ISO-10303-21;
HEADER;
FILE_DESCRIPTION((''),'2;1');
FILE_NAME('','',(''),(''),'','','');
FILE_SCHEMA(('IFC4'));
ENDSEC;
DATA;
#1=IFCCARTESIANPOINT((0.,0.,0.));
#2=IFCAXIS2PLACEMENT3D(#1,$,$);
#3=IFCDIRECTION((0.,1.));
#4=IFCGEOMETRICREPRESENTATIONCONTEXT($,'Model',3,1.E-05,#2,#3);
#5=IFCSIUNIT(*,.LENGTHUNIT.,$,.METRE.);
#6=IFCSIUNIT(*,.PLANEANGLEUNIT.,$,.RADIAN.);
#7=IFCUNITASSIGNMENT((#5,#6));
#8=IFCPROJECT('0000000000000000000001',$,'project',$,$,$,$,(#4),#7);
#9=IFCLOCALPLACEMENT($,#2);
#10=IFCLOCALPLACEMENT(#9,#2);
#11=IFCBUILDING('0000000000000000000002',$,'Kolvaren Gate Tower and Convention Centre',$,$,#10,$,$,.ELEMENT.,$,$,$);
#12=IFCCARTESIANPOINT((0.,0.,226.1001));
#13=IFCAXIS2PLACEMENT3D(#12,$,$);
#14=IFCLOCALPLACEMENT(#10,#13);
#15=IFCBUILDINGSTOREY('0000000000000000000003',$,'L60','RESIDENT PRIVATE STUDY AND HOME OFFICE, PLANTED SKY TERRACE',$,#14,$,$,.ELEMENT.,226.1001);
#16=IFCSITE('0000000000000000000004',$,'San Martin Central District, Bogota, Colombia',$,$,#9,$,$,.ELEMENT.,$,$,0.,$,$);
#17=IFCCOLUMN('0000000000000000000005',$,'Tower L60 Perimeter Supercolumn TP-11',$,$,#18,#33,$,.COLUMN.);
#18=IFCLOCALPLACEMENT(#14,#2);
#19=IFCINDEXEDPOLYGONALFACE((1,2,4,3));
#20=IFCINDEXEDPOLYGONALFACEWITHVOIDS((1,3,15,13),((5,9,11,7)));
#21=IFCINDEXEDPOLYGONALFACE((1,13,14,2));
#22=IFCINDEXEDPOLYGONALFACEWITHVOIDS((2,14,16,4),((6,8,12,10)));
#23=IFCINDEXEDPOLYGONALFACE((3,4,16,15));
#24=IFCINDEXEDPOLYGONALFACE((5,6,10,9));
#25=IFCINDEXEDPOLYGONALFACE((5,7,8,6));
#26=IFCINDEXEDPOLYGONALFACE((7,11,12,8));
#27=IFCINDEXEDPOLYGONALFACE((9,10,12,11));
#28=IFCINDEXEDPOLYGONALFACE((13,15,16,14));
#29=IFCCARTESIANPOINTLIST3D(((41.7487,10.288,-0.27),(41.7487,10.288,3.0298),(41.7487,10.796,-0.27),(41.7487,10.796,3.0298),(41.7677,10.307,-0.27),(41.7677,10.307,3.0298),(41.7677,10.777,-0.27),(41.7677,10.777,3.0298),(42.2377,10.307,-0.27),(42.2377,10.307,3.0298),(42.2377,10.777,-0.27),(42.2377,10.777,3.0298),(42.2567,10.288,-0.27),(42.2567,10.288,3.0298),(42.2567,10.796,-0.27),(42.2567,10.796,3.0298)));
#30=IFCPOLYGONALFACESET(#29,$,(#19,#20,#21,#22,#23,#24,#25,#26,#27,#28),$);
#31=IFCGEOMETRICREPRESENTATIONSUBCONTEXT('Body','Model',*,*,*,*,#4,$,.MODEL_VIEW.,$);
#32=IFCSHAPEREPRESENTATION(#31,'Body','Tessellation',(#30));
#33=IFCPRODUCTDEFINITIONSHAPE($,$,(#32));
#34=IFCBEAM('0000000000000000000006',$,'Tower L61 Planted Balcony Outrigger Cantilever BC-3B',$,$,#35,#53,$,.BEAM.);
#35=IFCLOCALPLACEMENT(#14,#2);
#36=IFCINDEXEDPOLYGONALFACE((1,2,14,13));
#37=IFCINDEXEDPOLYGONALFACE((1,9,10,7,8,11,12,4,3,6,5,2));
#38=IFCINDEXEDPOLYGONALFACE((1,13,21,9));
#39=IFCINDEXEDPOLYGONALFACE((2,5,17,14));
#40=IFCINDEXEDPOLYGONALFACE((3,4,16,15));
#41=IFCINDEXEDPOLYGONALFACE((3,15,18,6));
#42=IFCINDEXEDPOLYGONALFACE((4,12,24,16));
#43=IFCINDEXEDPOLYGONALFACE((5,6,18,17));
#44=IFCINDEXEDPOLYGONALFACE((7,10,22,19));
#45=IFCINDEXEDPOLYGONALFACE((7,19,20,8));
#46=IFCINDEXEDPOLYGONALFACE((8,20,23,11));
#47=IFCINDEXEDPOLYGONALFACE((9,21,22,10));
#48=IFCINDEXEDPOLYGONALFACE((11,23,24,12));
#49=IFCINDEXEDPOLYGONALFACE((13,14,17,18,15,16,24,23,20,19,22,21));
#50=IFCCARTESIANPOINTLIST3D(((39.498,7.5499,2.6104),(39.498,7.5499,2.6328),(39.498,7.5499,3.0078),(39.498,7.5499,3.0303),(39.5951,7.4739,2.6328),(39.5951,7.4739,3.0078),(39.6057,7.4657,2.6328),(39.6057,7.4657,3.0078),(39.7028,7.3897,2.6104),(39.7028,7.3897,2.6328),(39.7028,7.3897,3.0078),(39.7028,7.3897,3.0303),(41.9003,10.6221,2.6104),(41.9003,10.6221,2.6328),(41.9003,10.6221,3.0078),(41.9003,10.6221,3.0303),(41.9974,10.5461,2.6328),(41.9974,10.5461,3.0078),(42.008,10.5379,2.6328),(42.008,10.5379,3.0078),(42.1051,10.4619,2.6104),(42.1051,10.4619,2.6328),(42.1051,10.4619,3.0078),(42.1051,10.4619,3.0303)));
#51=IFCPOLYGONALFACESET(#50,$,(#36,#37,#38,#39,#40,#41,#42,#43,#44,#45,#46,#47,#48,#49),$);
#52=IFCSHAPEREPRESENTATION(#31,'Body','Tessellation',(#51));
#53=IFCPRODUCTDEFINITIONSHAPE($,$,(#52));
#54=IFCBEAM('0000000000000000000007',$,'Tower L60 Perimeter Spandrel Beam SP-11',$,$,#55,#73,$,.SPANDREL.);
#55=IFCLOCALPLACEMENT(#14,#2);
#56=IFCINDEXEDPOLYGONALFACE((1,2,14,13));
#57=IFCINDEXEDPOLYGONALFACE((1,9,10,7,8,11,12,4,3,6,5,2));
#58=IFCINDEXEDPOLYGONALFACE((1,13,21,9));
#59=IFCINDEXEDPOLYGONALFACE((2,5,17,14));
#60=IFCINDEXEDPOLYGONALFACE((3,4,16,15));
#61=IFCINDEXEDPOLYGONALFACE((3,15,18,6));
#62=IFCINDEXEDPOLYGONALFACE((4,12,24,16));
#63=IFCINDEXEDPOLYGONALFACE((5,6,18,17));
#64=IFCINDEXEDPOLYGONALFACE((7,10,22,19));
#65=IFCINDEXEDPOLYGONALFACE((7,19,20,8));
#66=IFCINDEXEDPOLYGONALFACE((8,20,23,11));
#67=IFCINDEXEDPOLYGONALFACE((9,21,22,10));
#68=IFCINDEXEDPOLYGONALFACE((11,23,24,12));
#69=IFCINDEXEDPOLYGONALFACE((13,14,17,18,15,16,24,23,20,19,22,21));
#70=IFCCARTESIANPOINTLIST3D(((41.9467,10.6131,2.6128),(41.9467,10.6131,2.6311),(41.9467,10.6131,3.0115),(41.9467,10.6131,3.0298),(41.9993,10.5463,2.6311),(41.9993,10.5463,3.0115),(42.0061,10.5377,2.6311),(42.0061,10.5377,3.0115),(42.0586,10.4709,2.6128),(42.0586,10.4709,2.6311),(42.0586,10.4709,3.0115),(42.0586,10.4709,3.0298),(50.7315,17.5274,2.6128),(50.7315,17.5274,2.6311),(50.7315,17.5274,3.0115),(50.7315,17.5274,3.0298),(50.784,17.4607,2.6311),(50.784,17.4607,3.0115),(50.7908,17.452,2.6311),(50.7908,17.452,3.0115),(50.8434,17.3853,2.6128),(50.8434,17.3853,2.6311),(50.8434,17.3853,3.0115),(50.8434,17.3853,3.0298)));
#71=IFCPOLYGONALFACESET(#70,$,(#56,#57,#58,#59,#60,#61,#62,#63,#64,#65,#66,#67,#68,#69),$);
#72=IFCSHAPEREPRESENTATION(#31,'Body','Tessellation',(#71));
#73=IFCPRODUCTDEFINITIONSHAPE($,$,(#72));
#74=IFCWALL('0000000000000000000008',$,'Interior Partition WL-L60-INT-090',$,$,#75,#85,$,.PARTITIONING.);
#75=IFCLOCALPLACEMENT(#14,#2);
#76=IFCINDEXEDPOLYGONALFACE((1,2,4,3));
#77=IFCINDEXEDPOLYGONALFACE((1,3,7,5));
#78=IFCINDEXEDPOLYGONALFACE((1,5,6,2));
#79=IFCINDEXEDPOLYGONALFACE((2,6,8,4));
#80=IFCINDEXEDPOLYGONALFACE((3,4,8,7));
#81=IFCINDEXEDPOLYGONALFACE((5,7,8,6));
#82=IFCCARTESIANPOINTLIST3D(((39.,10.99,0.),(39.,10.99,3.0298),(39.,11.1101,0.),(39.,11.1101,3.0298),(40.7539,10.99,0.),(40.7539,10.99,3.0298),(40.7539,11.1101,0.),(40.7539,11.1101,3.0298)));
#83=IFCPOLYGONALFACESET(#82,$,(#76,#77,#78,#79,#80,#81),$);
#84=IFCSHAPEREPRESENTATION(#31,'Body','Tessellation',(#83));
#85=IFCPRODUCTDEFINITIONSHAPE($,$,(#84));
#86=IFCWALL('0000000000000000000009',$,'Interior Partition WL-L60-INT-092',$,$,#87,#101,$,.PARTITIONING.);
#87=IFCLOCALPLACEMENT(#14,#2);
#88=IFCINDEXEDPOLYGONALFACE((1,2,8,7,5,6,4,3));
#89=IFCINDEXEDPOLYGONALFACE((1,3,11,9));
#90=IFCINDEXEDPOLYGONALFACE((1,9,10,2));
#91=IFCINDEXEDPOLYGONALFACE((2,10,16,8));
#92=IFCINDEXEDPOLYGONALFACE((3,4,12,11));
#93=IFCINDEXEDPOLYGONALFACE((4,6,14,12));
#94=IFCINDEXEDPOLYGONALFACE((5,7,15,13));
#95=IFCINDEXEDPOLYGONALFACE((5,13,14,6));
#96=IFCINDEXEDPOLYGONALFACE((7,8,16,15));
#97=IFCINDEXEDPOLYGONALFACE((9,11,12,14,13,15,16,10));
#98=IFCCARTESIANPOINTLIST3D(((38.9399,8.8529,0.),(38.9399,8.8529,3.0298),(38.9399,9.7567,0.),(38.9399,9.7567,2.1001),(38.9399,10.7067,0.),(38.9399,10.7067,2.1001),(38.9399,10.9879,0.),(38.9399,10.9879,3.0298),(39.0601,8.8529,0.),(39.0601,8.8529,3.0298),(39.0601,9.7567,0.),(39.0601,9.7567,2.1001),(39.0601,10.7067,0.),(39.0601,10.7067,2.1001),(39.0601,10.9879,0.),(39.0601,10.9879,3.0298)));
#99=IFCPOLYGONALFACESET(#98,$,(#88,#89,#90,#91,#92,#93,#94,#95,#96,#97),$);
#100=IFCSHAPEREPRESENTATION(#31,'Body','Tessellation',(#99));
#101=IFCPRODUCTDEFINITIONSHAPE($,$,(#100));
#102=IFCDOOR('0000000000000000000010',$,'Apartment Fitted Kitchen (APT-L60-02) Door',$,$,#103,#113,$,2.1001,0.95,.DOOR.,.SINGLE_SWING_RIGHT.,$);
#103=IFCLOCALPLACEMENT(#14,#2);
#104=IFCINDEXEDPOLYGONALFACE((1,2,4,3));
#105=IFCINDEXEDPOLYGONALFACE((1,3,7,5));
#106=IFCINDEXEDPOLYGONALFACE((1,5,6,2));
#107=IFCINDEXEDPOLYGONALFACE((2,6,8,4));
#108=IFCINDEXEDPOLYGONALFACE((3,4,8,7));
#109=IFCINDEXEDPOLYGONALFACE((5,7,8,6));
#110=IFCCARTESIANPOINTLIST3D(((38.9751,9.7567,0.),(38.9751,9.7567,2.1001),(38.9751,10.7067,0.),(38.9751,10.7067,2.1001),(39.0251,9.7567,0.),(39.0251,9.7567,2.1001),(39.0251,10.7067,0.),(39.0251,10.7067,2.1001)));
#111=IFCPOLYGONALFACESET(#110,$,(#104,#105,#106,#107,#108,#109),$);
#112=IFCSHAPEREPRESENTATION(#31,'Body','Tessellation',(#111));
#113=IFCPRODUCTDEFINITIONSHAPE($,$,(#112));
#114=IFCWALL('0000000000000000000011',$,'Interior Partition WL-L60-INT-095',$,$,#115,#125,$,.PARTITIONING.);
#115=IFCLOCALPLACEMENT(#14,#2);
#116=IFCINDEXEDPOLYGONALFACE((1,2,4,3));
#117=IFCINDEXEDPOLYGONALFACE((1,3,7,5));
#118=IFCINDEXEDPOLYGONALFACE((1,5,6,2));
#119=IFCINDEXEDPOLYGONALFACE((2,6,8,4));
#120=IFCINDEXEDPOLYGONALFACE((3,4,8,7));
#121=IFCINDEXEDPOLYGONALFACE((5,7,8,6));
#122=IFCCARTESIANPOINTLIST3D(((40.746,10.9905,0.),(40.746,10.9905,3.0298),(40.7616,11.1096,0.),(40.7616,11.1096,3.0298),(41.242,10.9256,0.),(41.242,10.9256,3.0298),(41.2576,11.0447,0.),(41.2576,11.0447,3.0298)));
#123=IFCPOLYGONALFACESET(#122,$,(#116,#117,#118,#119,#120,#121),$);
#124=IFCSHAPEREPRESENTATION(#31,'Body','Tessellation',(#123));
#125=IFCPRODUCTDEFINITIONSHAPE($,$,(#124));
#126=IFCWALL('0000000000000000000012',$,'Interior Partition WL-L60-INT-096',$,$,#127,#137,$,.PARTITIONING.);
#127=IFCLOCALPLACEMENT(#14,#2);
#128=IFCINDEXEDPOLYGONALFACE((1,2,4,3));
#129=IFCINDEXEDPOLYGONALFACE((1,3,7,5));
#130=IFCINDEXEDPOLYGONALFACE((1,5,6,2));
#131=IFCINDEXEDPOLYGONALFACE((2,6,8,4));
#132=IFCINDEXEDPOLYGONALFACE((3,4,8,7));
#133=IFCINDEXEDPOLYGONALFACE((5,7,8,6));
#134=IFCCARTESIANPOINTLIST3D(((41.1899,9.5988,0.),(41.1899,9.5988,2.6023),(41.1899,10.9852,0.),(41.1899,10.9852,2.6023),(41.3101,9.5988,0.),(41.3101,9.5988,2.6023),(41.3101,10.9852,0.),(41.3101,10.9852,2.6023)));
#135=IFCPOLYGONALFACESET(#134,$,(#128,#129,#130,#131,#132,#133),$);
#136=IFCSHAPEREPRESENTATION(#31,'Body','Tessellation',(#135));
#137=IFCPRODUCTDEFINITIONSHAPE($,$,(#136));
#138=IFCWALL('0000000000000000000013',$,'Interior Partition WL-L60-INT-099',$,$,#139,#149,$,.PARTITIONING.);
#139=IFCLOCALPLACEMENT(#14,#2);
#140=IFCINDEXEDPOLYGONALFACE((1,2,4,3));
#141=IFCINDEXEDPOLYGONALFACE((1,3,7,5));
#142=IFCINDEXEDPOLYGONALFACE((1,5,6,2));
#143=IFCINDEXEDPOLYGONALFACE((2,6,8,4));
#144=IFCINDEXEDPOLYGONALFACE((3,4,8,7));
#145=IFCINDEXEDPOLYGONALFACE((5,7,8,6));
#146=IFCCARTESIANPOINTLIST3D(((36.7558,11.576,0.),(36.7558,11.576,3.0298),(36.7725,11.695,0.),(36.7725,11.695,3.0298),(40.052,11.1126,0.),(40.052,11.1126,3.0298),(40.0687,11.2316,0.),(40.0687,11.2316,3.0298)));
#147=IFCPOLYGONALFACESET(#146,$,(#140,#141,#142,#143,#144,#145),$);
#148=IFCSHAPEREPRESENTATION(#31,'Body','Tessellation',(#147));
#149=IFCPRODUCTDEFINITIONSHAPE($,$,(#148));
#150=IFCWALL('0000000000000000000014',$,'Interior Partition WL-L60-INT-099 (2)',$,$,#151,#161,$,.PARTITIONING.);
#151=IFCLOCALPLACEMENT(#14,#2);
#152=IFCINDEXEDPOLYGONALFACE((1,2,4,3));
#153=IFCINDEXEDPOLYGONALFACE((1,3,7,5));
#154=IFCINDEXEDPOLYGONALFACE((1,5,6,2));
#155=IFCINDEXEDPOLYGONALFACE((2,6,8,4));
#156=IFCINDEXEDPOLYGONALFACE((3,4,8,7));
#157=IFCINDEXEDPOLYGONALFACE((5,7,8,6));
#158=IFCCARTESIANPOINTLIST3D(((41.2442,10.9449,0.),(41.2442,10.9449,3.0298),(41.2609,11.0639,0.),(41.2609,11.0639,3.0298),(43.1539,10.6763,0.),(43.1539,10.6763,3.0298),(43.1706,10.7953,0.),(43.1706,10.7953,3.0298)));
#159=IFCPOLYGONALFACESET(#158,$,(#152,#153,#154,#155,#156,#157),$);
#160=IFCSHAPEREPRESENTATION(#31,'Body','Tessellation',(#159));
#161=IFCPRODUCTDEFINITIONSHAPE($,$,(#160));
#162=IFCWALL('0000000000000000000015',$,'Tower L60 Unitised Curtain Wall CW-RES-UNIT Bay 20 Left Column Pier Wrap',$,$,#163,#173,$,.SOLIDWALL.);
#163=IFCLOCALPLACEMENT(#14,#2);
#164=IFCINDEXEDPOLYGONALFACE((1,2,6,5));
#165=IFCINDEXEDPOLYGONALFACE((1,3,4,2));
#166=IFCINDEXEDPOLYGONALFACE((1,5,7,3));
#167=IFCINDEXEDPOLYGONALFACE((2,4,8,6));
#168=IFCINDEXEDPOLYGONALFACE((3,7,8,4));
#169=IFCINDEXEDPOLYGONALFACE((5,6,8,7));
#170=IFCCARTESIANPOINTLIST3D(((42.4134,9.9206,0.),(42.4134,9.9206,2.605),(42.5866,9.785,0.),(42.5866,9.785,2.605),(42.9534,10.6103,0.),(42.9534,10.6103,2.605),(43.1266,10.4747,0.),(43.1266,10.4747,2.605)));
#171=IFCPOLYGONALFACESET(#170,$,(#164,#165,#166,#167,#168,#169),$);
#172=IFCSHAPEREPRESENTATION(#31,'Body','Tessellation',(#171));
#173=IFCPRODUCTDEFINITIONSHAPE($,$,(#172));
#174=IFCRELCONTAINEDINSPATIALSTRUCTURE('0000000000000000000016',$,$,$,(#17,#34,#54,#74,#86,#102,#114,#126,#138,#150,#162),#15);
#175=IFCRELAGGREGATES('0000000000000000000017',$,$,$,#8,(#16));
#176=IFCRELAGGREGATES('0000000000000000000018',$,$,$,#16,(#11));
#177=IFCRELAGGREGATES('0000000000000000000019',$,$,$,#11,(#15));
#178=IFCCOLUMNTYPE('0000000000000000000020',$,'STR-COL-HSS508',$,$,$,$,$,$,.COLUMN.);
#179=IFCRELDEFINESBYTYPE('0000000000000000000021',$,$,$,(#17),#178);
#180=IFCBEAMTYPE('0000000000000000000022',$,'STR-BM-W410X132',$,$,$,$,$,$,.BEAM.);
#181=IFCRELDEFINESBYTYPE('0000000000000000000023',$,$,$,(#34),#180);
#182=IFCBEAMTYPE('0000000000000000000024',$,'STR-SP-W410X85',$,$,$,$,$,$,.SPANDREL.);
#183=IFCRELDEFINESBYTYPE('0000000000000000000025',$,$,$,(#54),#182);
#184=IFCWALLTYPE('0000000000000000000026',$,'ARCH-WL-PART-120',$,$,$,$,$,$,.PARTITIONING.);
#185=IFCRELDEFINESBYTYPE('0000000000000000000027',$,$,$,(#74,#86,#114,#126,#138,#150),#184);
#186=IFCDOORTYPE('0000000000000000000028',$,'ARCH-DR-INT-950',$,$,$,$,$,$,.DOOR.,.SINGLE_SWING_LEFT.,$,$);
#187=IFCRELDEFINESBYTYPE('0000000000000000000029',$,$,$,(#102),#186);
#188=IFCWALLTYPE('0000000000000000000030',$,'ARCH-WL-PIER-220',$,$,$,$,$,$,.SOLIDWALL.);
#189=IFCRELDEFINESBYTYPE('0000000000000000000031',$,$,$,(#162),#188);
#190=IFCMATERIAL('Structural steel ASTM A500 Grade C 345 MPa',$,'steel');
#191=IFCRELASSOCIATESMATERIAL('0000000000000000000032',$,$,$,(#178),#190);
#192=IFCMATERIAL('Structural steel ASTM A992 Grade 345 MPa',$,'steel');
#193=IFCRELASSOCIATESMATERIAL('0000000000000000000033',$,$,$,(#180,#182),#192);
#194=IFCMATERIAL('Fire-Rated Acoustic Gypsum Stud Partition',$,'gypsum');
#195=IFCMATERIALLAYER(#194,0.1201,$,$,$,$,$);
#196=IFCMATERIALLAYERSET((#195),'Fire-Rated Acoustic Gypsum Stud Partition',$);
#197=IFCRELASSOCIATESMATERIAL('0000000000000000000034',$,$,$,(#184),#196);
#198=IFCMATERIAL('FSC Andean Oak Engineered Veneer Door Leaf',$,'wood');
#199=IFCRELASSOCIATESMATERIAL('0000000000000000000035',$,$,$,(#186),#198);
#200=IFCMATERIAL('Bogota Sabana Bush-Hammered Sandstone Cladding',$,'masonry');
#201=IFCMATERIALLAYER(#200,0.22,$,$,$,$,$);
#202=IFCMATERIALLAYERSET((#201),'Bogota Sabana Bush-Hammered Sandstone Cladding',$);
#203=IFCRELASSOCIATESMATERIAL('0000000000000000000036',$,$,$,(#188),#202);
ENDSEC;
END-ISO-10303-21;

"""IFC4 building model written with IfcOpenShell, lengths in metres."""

from ifc_helpers import new_model, si_unit, direction, frame, frame_2d, origin, origin_2d, place, context, subcontext, project, spatial, rectangle, hollow_rectangle, i_section, extrude, material, layer, layer_set, material_profile, profile_set, type_object, element, fill, save


model = new_model("IFC4")

# Units and contexts
model_context = context("Model", 3, precision=1e-05, world=origin(), true_north=direction((0.0, 1.0)))
body_context = subcontext(model_context, "Body", "Model", "MODEL_VIEW")
ifc_project = project(units=[si_unit("LENGTHUNIT", "METRE"), si_unit("PLANEANGLEUNIT", "RADIAN")], contexts=[model_context])

# Site, building, storey
site_placement = place(None, origin())
site = spatial("IfcSite", under=ifc_project, at=site_placement, Name="San Martin Central District, Bogota, Colombia", CompositionType="ELEMENT", RefElevation=0.0)
building_placement = place(site_placement, origin())
building = spatial("IfcBuilding", under=site, at=building_placement, Name="Kolvaren Gate Tower and Convention Centre", CompositionType="ELEMENT")
storey_placement = place(building_placement, frame((0.0, 0.0, 226.1001)))
storey = spatial("IfcBuildingStorey", under=building, at=storey_placement, Name="L60", Description="RESIDENT PRIVATE STUDY AND HOME OFFICE, PLANTED SKY TERRACE", CompositionType="ELEMENT", Elevation=226.1001)

# Column
ifc_material_1 = material(Name="Structural steel ASTM A500 Grade C 345 MPa", Category="steel")
ifc_material_profile_1 = material_profile(ifc_material_1, hollow_rectangle(XDim=0.5081, YDim=0.5081, WallThickness=0.019, at=origin_2d()), Name="HSS508X508X19.1")
ifc_profile_set_1 = profile_set([ifc_material_profile_1], Name="Structural steel ASTM A500 Grade C 345 MPa")
column_type = type_object("IfcColumnType", Name="STR-COL-HSS508", PredefinedType="COLUMN", material=ifc_profile_set_1)
column_placement = place(storey_placement, frame((42.0027, 10.542, -0.27), z_axis=(0.0, 0.0, 1.0), x_axis=(1.0, 0.0, 0.0)))
element("IfcColumn", 1, at=column_placement, inside=storey, type_object=column_type, Name="Tower L60 Perimeter Supercolumn TP-11", PredefinedType="COLUMN", context=body_context, shape_type="SweptSolid", body=[
    extrude(hollow_rectangle(XDim=0.5081, YDim=0.5081, WallThickness=0.019, at=origin_2d()), origin(), (0.0, 0.0, 1.0), 3.2998),
])

# Beams
ifc_material_2 = material(Name="Structural steel ASTM A992 Grade 345 MPa", Category="steel")
ifc_material_profile_2 = material_profile(ifc_material_2, i_section(OverallWidth=0.26, OverallDepth=0.4199, WebThickness=0.0134, FlangeThickness=0.0225, at=origin_2d()), Name="W410X132")
ifc_profile_set_2 = profile_set([ifc_material_profile_2], Name="Structural steel ASTM A992 Grade 345 MPa")
beam_type_1 = type_object("IfcBeamType", Name="STR-BM-W410X132", PredefinedType="BEAM", material=ifc_profile_set_2)
beam_1_placement = place(storey_placement, frame((42.0027, 10.542, 2.8203), z_axis=(-0.615984, -0.787759, 0.0), x_axis=(0.787759, -0.615984, 0.0)))
element("IfcBeam", 2, at=beam_1_placement, inside=storey, type_object=beam_type_1, Name="Tower L61 Planted Balcony Outrigger Cantilever BC-3B", PredefinedType="BEAM", context=body_context, shape_type="SweptSolid", body=[
    extrude(i_section(OverallWidth=0.26, OverallDepth=0.4199, WebThickness=0.0134, FlangeThickness=0.0225, at=origin_2d()), origin(), (0.0, 0.0, 1.0), 3.8999),
])
ifc_material_profile_3 = material_profile(ifc_material_2, i_section(OverallWidth=0.1809, OverallDepth=0.417, WebThickness=0.011, FlangeThickness=0.0183, at=origin_2d()), Name="W410X85")
ifc_profile_set_3 = profile_set([ifc_material_profile_3], Name="Structural steel ASTM A992 Grade 345 MPa")
beam_type_2 = type_object("IfcBeamType", Name="STR-SP-W410X85", PredefinedType="SPANDREL", material=ifc_profile_set_3)
beam_2_placement = place(storey_placement, frame((42.0027, 10.542, 2.8213), z_axis=(0.785794, 0.618489, 0.0), x_axis=(-0.618489, 0.785794, 0.0)))
element("IfcBeam", 3, at=beam_2_placement, inside=storey, type_object=beam_type_2, Name="Tower L60 Perimeter Spandrel Beam SP-11", PredefinedType="SPANDREL", context=body_context, shape_type="SweptSolid", body=[
    extrude(i_section(OverallWidth=0.1809, OverallDepth=0.417, WebThickness=0.011, FlangeThickness=0.0183, at=origin_2d()), origin(), (0.0, 0.0, 1.0), 11.1794),
])

# Wall
ifc_material_3 = material(Name="Fire-Rated Acoustic Gypsum Stud Partition", Category="gypsum")
ifc_layer_1 = layer(ifc_material_3, 0.1201)
ifc_layer_set_1 = layer_set([ifc_layer_1], Name="Fire-Rated Acoustic Gypsum Stud Partition")
wall_type_1 = type_object("IfcWallType", Name="ARCH-WL-PART-120", PredefinedType="PARTITIONING", material=ifc_layer_set_1)
wall_1_placement = place(storey_placement, frame((39.0, 11.05, 0.0), z_axis=(0.0, 0.0, 1.0), x_axis=(1.0, 0.0, 0.0)))
element("IfcWall", 4, at=wall_1_placement, inside=storey, type_object=wall_type_1, Name="Interior Partition WL-L60-INT-090", PredefinedType="PARTITIONING", context=body_context, shape_type="SweptSolid", body=[
    extrude(rectangle(XDim=1.7539, YDim=0.1201, at=frame_2d((0.877, 0.0))), origin(), (0.0, 0.0, 1.0), 3.0298),
])

# Wall, opening, door
wall_2_placement = place(storey_placement, frame((39.0, 8.853, 0.0), z_axis=(0.0, 0.0, 1.0), x_axis=(0.0, 1.0, 0.0)))
wall_2 = element("IfcWall", 5, at=wall_2_placement, inside=storey, type_object=wall_type_1, Name="Interior Partition WL-L60-INT-092", PredefinedType="PARTITIONING", context=body_context, shape_type="SweptSolid", body=[
    extrude(rectangle(XDim=2.135, YDim=0.1201, at=frame_2d((1.0674, 0.0))), origin(), (0.0, 0.0, 1.0), 3.0298),
])
opening_1_placement = place(wall_2_placement, frame((0.9036, 0.0, 0.0)))
opening_1 = element("IfcOpeningElement", 6, at=opening_1_placement, cuts=wall_2, PredefinedType="OPENING", context=body_context, shape_type="SweptSolid", body=[
    extrude(rectangle(XDim=0.95, YDim=2.1001, at=frame_2d((0.4751, 1.05))), frame((0.0, 0.0701, 0.0), z_axis=(0.0, -1.0, 0.0), x_axis=(1.0, 0.0, 0.0)), (0.0, 0.0, 1.0), 0.1401),
])
ifc_material_4 = material(Name="FSC Andean Oak Engineered Veneer Door Leaf", Category="wood")
door_type = type_object("IfcDoorType", Name="ARCH-DR-INT-950", OperationType="SINGLE_SWING_LEFT", PredefinedType="DOOR", material=ifc_material_4)
door_placement = place(opening_1_placement, origin())
door = element("IfcDoor", 7, at=door_placement, inside=storey, type_object=door_type, Name="Apartment Fitted Kitchen (APT-L60-02) Door", OperationType="SINGLE_SWING_RIGHT", OverallHeight=2.1001, OverallWidth=0.95, PredefinedType="DOOR", context=body_context, shape_type="SweptSolid", body=[
    extrude(rectangle(XDim=0.95, YDim=2.1001, at=frame_2d((0.4751, 1.05))), frame((0.0, 0.0249, 0.0), z_axis=(0.0, -1.0, 0.0), x_axis=(1.0, 0.0, 0.0)), (0.0, 0.0, 1.0), 0.05),
])
fill(opening_1, door)

# Walls
wall_3_placement = place(storey_placement, frame((40.7539, 11.05, 0.0), z_axis=(0.0, 0.0, 1.0), x_axis=(0.99154, -0.129798, 0.0)))
element("IfcWall", 8, at=wall_3_placement, inside=storey, type_object=wall_type_1, Name="Interior Partition WL-L60-INT-095", PredefinedType="PARTITIONING", context=body_context, shape_type="SweptSolid", body=[
    extrude(rectangle(XDim=0.5002, YDim=0.1201, at=frame_2d((0.25, 0.0))), origin(), (0.0, 0.0, 1.0), 3.0298),
])
wall_4_placement = place(storey_placement, frame((41.25, 9.5986, 0.0), z_axis=(0.0, 0.0, 1.0), x_axis=(0.0, 1.0, 0.0)))
element("IfcWall", 9, at=wall_4_placement, inside=storey, type_object=wall_type_1, Name="Interior Partition WL-L60-INT-096", PredefinedType="PARTITIONING", context=body_context, shape_type="SweptSolid", body=[
    extrude(rectangle(XDim=1.3865, YDim=0.1201, at=frame_2d((0.6934, 0.0))), origin(), (0.0, 0.0, 1.0), 2.6023),
])
wall_5_placement = place(storey_placement, frame((36.7642, 11.6355, 0.0), z_axis=(0.0, 0.0, 1.0), x_axis=(0.990262, -0.139213, 0.0)))
element("IfcWall", 10, at=wall_5_placement, inside=storey, type_object=wall_type_1, Name="Interior Partition WL-L60-INT-099", PredefinedType="PARTITIONING", context=body_context, shape_type="SweptSolid", body=[
    extrude(rectangle(XDim=3.3286, YDim=0.1201, at=frame_2d((1.6643, 0.0))), origin(), (0.0, 0.0, 1.0), 3.0298),
])
wall_6_placement = place(storey_placement, frame((41.2524, 11.0044, 0.0), z_axis=(0.0, 0.0, 1.0), x_axis=(0.990256, -0.139259, 0.0)))
element("IfcWall", 11, at=wall_6_placement, inside=storey, type_object=wall_type_1, Name="Interior Partition WL-L60-INT-099 (2)", PredefinedType="PARTITIONING", context=body_context, shape_type="SweptSolid", body=[
    extrude(rectangle(XDim=1.9285, YDim=0.1201, at=frame_2d((0.9644, 0.0))), origin(), (0.0, 0.0, 1.0), 3.0298),
])
ifc_material_5 = material(Name="Bogota Sabana Bush-Hammered Sandstone Cladding", Category="masonry")
ifc_layer_2 = layer(ifc_material_5, 0.22)
ifc_layer_set_2 = layer_set([ifc_layer_2], Name="Bogota Sabana Bush-Hammered Sandstone Cladding")
wall_type_2 = type_object("IfcWallType", Name="ARCH-WL-PIER-220", PredefinedType="SOLIDWALL", material=ifc_layer_set_2)
wall_7_placement = place(storey_placement, frame((42.5, 9.8528, 0.0), z_axis=(0.0, 0.0, 1.0), x_axis=(0.616504, 0.787352, 0.0)))
element("IfcWall", 12, at=wall_7_placement, inside=storey, type_object=wall_type_2, Name="Tower L60 Unitised Curtain Wall CW-RES-UNIT Bay 20 Left Column Pier Wrap", PredefinedType="SOLIDWALL", context=body_context, shape_type="SweptSolid", body=[
    extrude(rectangle(XDim=0.876, YDim=0.22, at=frame_2d((0.438, 0.0))), origin(), (0.0, 0.0, 1.0), 2.605),
])

save(model, "model.ifc")
